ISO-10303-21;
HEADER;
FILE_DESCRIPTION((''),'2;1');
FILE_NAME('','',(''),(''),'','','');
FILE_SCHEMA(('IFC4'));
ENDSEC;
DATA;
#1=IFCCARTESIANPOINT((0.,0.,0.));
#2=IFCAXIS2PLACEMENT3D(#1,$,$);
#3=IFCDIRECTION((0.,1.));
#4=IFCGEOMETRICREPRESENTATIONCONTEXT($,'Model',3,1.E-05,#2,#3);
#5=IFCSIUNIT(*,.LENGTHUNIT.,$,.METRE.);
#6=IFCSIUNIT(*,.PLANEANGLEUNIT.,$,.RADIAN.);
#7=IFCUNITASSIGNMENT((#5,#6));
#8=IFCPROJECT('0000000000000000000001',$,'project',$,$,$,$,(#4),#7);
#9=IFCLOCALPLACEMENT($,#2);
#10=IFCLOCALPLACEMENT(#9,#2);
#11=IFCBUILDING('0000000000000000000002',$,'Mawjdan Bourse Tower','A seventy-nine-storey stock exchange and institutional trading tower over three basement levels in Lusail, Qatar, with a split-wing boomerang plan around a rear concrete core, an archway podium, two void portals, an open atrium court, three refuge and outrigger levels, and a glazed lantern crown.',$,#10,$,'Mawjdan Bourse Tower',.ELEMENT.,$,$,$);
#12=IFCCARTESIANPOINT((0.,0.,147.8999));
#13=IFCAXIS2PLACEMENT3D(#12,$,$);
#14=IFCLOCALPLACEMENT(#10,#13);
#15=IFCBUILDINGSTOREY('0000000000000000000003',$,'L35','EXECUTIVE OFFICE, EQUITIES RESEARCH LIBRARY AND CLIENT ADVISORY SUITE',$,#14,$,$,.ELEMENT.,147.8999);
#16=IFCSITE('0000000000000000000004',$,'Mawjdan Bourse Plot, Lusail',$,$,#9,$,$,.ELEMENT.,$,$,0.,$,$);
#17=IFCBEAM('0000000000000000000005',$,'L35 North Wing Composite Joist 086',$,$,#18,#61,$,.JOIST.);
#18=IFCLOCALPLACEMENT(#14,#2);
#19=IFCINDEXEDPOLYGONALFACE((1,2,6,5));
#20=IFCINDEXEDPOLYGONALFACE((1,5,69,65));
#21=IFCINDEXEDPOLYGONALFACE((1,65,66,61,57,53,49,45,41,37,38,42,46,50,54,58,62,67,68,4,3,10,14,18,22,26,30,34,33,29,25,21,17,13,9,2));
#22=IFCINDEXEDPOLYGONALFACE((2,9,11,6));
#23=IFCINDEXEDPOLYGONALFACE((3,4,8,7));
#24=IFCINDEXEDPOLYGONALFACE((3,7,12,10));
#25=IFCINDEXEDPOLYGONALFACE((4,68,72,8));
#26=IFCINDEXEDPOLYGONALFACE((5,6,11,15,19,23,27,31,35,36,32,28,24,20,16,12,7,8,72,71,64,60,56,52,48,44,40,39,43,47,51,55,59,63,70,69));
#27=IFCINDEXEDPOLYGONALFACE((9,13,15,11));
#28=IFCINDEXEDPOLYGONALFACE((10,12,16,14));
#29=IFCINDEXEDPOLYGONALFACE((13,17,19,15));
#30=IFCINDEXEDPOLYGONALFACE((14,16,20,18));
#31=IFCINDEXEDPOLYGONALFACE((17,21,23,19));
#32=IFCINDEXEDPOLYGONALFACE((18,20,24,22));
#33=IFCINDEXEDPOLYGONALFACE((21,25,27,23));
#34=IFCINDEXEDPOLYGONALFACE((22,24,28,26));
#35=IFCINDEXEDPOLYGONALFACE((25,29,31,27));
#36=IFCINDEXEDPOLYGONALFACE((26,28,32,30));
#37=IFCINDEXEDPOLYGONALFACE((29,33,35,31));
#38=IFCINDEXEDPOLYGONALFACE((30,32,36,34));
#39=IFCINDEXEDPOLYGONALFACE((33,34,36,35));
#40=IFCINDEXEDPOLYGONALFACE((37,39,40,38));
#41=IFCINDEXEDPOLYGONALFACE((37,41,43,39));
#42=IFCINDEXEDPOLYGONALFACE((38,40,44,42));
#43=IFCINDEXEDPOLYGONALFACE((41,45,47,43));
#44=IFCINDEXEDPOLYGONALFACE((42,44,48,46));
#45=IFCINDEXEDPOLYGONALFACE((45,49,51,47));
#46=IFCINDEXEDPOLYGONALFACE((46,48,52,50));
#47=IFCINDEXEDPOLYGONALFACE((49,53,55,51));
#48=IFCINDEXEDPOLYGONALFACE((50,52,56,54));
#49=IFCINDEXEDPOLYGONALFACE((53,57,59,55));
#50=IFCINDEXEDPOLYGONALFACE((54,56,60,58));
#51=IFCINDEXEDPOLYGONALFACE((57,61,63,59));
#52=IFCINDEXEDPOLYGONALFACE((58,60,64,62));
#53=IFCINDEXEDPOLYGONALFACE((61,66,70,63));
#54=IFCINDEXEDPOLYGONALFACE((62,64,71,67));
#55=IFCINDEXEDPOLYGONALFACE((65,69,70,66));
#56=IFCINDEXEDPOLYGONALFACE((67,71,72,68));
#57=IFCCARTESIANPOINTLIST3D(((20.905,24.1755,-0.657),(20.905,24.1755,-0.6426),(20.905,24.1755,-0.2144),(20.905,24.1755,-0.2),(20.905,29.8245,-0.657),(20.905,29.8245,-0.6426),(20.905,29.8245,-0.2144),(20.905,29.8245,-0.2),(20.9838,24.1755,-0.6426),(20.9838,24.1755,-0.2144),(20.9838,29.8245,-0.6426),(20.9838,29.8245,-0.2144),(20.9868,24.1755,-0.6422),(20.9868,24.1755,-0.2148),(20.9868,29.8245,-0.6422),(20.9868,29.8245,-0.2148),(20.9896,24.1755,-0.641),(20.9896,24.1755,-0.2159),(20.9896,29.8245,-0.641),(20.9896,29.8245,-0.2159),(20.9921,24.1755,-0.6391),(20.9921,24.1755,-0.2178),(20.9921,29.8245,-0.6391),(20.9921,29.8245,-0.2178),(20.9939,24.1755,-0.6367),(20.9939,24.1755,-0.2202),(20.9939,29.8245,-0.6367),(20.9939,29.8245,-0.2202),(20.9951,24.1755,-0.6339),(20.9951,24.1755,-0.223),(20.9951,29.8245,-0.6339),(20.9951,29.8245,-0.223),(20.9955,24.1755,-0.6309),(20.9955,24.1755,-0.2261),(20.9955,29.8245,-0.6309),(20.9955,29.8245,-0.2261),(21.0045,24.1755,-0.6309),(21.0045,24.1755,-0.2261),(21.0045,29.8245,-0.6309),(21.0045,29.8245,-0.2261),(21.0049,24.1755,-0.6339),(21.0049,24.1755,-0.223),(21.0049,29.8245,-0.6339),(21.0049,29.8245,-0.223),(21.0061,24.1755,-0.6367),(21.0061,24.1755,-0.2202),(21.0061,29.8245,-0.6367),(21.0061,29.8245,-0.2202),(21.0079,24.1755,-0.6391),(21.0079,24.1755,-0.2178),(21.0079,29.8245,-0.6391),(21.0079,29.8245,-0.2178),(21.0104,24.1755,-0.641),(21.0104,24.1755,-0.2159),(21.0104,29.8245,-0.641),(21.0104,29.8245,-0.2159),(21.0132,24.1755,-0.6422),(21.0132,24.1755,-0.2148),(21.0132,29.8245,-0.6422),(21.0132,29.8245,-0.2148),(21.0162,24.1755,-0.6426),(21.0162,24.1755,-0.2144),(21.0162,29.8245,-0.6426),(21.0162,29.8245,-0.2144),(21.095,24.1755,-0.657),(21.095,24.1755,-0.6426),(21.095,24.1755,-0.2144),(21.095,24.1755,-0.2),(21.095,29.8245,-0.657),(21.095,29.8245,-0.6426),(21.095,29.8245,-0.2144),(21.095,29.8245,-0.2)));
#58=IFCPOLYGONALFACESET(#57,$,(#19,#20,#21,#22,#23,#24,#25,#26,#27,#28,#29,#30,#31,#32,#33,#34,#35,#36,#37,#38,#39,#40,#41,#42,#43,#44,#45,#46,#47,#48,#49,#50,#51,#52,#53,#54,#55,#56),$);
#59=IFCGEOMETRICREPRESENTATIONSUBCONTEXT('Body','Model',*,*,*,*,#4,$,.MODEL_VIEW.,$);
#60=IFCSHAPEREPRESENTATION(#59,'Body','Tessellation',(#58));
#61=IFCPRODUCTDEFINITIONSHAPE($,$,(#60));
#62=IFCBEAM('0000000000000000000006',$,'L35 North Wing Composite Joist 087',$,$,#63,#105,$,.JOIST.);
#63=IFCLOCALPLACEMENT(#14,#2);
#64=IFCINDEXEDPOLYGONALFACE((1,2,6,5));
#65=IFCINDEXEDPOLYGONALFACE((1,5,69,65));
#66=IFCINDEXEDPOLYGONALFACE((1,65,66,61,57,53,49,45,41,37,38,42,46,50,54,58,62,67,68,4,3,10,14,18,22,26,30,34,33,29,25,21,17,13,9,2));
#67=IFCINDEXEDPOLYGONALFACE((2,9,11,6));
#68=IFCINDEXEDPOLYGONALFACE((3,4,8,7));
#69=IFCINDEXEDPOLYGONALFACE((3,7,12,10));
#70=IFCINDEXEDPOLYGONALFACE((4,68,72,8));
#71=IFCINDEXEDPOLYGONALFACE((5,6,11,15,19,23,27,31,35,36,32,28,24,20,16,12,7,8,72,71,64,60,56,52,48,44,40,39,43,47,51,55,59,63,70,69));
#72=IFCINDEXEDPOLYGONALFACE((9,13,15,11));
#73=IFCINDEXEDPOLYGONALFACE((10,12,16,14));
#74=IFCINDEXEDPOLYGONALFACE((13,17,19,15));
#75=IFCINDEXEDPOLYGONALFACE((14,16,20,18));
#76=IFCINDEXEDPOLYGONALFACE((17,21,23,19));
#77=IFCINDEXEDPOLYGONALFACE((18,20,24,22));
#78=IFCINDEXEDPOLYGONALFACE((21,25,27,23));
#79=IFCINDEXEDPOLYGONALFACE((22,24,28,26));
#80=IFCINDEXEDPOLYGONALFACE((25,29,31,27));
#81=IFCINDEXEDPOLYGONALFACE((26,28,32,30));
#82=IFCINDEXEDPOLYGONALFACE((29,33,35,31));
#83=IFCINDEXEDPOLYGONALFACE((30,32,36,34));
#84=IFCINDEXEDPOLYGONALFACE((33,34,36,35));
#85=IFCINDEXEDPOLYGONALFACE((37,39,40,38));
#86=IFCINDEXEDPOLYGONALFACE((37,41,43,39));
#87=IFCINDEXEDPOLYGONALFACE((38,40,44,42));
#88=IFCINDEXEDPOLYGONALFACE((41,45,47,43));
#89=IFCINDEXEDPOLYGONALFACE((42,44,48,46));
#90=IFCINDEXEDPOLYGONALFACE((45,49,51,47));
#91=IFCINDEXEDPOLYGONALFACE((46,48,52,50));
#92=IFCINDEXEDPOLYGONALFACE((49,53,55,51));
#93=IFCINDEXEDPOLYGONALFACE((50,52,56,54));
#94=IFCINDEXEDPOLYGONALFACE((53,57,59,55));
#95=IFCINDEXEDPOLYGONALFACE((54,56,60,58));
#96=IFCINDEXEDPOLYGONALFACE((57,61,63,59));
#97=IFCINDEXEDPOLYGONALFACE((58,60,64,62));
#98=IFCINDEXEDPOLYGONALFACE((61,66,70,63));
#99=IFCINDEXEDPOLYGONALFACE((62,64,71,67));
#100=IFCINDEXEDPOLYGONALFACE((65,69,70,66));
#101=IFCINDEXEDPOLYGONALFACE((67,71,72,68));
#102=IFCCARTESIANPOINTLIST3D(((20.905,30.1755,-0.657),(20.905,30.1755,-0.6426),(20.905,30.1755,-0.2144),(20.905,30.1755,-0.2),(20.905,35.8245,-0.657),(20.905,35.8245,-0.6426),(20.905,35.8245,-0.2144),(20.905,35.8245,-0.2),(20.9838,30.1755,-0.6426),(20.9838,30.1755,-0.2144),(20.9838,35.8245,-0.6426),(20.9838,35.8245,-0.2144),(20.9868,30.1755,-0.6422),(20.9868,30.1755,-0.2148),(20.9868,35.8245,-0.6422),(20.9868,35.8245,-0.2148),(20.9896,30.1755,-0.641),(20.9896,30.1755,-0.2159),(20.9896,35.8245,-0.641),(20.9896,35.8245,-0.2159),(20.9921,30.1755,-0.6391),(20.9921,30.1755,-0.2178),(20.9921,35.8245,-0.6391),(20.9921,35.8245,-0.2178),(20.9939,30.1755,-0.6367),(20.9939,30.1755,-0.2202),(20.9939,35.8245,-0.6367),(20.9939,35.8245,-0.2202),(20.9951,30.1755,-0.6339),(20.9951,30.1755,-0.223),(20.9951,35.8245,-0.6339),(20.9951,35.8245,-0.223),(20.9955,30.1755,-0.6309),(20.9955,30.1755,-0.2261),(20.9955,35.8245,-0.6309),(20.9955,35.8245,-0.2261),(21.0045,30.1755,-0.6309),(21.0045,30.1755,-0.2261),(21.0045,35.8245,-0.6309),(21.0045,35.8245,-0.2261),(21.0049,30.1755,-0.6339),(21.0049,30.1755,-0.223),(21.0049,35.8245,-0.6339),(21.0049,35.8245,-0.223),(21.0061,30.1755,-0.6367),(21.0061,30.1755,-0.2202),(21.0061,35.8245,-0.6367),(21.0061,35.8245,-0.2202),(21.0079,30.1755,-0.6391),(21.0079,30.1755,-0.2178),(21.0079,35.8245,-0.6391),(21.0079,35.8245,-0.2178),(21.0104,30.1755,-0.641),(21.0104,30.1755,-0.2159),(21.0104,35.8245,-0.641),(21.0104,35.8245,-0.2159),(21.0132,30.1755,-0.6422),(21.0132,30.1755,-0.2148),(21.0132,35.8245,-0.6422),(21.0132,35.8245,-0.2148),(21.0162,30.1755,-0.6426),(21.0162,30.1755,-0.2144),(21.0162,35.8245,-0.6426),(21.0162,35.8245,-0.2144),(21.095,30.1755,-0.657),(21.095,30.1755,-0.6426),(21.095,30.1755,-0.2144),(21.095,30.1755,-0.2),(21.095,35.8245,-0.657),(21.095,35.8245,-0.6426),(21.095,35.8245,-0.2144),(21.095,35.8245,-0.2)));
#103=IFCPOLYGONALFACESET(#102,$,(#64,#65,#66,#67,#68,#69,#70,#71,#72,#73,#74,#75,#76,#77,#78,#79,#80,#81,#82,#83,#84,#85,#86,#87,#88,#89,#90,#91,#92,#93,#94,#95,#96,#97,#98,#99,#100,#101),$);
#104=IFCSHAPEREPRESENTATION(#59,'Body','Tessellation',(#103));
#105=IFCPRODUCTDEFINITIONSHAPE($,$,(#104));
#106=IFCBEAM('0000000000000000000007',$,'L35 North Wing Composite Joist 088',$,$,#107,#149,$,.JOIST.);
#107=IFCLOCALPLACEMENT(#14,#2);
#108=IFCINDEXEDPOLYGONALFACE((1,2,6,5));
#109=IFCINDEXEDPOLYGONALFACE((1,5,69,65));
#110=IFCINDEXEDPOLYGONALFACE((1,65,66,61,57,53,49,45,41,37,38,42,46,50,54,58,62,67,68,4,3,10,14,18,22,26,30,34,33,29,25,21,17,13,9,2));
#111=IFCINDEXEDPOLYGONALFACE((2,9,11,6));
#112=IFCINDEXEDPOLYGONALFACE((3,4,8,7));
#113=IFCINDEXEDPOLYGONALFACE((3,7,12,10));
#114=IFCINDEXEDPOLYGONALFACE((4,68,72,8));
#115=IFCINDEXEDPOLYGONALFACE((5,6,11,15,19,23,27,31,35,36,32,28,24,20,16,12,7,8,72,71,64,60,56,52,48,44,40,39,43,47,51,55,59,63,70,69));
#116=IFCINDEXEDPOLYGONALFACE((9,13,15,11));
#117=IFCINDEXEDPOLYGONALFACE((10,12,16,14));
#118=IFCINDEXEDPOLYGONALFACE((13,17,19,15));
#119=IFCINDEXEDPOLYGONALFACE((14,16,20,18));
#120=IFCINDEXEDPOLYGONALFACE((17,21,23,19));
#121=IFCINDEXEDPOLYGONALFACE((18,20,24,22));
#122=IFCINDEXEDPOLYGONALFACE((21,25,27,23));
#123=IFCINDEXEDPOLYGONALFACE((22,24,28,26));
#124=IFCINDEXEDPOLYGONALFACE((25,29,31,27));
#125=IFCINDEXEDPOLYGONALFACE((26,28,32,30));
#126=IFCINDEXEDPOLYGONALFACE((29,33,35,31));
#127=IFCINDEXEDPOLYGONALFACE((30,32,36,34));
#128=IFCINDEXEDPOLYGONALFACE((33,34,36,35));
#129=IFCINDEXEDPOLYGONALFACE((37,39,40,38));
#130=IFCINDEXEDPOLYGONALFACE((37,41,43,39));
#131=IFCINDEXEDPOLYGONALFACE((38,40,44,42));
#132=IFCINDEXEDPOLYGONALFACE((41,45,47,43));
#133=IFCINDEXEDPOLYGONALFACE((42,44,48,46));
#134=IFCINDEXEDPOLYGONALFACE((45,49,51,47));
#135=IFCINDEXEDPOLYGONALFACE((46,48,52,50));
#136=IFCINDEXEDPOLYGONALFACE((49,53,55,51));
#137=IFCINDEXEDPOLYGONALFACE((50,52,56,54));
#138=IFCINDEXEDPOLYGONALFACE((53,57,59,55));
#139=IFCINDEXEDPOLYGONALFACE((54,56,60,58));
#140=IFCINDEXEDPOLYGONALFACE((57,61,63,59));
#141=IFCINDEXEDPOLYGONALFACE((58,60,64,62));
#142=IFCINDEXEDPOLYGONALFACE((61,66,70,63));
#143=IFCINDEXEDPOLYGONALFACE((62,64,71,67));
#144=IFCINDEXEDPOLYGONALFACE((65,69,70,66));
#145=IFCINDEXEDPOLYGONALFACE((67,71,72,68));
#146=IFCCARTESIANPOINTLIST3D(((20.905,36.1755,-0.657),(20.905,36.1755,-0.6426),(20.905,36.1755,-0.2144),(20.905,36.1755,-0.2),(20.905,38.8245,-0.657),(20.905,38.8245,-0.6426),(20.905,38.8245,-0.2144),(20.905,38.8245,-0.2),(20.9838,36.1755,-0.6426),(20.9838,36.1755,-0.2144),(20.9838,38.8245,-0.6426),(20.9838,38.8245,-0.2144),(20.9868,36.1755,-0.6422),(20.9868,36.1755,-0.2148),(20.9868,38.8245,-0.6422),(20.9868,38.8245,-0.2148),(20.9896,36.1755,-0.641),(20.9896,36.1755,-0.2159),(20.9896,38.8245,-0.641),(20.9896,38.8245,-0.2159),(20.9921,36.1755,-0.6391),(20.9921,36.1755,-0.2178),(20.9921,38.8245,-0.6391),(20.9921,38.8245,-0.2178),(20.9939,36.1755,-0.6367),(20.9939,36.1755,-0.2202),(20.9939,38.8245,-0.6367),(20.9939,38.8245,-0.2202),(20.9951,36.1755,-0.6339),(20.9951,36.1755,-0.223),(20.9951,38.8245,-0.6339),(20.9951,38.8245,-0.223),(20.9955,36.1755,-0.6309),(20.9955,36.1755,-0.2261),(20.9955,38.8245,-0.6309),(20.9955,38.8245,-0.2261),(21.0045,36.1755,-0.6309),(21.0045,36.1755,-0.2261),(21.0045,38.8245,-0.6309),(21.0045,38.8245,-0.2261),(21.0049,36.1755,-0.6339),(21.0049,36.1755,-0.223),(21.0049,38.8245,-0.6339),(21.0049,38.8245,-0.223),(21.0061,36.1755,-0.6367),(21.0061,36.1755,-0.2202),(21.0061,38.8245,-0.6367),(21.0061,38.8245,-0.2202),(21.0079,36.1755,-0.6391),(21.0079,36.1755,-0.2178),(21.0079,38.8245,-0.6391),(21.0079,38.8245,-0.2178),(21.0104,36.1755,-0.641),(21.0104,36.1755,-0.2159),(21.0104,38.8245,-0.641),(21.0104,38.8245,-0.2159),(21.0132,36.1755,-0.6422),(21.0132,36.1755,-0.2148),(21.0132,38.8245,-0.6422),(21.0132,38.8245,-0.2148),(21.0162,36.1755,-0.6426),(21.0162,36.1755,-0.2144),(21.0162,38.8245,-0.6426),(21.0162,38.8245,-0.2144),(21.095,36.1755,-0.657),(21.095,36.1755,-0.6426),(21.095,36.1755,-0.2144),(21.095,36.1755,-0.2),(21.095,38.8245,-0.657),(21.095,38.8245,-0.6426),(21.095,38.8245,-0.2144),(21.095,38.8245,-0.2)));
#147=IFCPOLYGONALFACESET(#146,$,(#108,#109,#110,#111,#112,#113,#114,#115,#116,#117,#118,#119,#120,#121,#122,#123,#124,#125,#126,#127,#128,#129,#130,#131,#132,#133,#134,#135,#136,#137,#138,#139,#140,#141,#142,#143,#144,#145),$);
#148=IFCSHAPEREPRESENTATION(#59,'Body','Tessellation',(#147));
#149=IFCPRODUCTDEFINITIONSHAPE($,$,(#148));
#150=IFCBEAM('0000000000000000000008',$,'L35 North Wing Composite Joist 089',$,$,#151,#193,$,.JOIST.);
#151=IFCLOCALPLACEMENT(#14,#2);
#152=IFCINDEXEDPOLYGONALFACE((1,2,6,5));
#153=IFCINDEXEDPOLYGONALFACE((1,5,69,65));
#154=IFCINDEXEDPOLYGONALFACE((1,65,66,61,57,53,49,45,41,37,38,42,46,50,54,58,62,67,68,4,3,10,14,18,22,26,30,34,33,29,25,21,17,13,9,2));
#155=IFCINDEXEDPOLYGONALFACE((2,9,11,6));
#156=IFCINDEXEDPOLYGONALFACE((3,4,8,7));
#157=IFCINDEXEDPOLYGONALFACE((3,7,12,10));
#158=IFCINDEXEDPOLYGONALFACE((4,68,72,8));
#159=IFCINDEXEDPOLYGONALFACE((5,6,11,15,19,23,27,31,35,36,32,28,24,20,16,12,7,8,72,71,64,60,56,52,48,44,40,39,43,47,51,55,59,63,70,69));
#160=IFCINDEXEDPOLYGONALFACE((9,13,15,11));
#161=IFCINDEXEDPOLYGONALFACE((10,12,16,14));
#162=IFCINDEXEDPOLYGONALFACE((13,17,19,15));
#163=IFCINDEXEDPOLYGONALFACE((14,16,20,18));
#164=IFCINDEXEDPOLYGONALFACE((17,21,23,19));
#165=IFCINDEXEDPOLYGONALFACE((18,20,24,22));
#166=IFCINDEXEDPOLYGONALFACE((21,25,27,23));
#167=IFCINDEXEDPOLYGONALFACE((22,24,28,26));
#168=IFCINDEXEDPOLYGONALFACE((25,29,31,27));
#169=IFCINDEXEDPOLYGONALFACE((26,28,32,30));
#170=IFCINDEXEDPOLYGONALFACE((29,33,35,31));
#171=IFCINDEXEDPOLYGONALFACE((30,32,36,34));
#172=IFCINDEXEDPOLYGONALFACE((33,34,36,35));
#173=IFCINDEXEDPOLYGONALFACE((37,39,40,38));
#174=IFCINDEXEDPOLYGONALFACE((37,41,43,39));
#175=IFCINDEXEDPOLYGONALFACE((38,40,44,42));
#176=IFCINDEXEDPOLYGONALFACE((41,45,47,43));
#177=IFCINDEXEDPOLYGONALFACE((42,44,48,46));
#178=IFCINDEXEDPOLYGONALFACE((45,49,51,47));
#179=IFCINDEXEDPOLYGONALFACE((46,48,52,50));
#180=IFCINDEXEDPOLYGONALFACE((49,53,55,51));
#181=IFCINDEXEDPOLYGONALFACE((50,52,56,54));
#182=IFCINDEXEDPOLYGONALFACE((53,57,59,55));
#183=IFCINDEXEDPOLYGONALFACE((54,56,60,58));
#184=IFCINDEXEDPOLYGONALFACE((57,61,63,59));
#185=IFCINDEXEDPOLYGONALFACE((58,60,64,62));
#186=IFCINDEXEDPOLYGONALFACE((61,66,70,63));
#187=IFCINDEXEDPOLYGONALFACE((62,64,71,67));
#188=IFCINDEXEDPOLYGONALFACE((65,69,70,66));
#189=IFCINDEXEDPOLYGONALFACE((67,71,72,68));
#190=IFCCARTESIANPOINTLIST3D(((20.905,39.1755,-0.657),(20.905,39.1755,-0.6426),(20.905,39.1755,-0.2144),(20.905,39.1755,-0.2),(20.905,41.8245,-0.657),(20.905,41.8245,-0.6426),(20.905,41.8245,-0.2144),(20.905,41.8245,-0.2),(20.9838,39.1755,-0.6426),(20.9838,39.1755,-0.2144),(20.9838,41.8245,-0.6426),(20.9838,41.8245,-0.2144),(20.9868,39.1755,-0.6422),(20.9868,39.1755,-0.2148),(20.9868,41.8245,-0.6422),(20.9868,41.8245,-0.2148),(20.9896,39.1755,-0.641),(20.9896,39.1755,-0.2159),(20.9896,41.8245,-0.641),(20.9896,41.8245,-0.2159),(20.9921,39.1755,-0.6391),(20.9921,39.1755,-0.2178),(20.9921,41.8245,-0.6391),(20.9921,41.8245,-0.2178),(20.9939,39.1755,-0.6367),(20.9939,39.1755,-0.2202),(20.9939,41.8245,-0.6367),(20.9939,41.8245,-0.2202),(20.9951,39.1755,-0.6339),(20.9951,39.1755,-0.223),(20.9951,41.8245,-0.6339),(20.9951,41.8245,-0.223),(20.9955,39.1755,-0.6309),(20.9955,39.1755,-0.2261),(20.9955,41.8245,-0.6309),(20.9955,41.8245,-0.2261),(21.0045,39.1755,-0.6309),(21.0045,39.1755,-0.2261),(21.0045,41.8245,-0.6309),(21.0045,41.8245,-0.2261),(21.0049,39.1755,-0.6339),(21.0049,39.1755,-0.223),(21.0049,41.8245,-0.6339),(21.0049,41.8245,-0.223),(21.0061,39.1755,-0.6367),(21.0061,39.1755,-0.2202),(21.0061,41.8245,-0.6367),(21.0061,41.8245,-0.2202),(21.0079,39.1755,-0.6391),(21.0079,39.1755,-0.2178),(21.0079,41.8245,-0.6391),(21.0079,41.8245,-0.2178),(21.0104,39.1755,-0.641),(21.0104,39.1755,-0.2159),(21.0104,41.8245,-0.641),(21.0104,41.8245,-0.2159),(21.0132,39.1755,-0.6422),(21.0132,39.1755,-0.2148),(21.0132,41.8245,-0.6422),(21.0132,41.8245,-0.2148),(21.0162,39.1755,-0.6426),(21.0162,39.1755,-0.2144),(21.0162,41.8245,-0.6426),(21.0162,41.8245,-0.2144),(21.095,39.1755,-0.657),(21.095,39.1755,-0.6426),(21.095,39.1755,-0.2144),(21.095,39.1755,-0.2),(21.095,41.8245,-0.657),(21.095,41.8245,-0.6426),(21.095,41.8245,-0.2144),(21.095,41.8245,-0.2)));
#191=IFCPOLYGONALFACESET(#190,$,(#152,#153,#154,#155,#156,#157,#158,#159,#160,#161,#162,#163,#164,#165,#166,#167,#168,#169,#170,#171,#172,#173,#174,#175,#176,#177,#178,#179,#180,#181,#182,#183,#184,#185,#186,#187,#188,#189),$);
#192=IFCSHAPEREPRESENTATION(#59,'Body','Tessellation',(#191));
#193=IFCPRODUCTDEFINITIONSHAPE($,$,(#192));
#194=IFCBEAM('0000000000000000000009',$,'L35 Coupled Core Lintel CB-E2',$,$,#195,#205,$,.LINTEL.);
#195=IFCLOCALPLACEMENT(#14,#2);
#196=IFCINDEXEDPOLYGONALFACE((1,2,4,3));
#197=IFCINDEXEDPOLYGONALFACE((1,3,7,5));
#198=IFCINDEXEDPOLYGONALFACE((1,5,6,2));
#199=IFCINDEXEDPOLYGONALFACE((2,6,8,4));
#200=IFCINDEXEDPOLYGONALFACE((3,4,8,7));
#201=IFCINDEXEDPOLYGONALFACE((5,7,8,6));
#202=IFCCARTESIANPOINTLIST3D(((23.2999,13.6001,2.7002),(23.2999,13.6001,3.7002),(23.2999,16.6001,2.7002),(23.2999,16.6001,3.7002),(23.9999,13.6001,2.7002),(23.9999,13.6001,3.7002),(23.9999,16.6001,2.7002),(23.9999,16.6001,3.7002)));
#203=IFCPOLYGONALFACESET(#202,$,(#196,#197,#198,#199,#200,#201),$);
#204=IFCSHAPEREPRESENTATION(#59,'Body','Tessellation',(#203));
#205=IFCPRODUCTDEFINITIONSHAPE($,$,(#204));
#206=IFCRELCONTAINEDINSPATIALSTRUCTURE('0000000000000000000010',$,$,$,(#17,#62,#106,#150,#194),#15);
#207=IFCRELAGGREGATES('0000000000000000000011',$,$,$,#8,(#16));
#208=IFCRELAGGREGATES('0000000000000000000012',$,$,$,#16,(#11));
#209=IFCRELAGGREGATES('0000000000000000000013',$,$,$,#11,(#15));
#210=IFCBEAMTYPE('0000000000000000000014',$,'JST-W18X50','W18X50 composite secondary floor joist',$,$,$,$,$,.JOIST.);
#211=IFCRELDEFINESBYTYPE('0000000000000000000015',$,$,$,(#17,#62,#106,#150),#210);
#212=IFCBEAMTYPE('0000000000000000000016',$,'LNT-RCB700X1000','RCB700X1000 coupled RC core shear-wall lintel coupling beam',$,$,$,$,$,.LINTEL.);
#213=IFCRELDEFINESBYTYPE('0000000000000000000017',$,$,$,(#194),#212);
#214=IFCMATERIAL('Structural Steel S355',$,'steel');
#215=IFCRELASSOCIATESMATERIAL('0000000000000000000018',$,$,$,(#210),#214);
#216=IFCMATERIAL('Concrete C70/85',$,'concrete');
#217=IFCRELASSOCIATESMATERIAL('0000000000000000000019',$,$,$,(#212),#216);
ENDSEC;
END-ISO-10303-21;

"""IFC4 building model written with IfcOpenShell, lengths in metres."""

from ifc_helpers import new_model, si_unit, direction, frame, origin, origin_2d, place, context, subcontext, project, spatial, rectangle, i_section, extrude, material, material_profile, profile_set, type_object, element, save


model = new_model("IFC4")

# Units and contexts
model_context = context("Model", 3, precision=1e-05, world=origin(), true_north=direction((0.0, 1.0)))
body_context = subcontext(model_context, "Body", "Model", "MODEL_VIEW")
ifc_project = project(units=[si_unit("LENGTHUNIT", "METRE"), si_unit("PLANEANGLEUNIT", "RADIAN")], contexts=[model_context])

# Site, building, storey
site_placement = place(None, origin())
site = spatial("IfcSite", under=ifc_project, at=site_placement, Name="Mawjdan Bourse Plot, Lusail", CompositionType="ELEMENT", RefElevation=0.0)
building_placement = place(site_placement, origin())
building = spatial("IfcBuilding", under=site, at=building_placement, Name="Mawjdan Bourse Tower", Description="A seventy-nine-storey stock exchange and institutional trading tower over three basement levels in Lusail, Qatar, with a split-wing boomerang plan around a rear concrete core, an archway podium, two void portals, an open atrium court, three refuge and outrigger levels, and a glazed lantern crown.", LongName="Mawjdan Bourse Tower", CompositionType="ELEMENT")
storey_placement = place(building_placement, frame((0.0, 0.0, 147.8999)))
storey = spatial("IfcBuildingStorey", under=building, at=storey_placement, Name="L35", Description="EXECUTIVE OFFICE, EQUITIES RESEARCH LIBRARY AND CLIENT ADVISORY SUITE", CompositionType="ELEMENT", Elevation=147.8999)

# Shared definitions
ifc_material_1 = material(Name="Concrete C70/85", Category="concrete")

# Beams
ifc_material_2 = material(Name="Structural Steel S355", Category="steel")
ifc_material_profile_1 = material_profile(ifc_material_2, i_section(OverallWidth=0.1899, OverallDepth=0.457, WebThickness=0.009, FlangeThickness=0.0144, FilletRadius=0.0117, at=origin_2d()), Name="W18X50")
ifc_profile_set_1 = profile_set([ifc_material_profile_1], Name="Structural Steel S355")
beam_type_1 = type_object("IfcBeamType", Name="JST-W18X50", Description="W18X50 composite secondary floor joist", PredefinedType="JOIST", material=ifc_profile_set_1)
for number, where, z_axis, x_axis, name in (
    (1, (21.0, 24.1755, -0.4285), (0.0, 1.0, 0.0), (-1.0, 0.0, 0.0), "L35 North Wing Composite Joist 086"),
    (2, (21.0, 30.1755, -0.4285), (0.0, 1.0, 0.0), (-1.0, 0.0, 0.0), "L35 North Wing Composite Joist 087"),
):
    element("IfcBeam", number, at=place(storey_placement, frame(where, z_axis=z_axis, x_axis=x_axis)), inside=storey, type_object=beam_type_1, Name=name, PredefinedType="JOIST", context=body_context, shape_type="SweptSolid", body=[
        extrude(i_section(OverallWidth=0.1899, OverallDepth=0.457, WebThickness=0.009, FlangeThickness=0.0144, FilletRadius=0.0117, at=origin_2d()), origin(), (0.0, 0.0, 1.0), 5.6489),
    ])
for number, where, z_axis, x_axis, name in (
    (3, (21.0, 36.1755, -0.4285), (0.0, 1.0, 0.0), (-1.0, 0.0, 0.0), "L35 North Wing Composite Joist 088"),
    (4, (21.0, 39.1755, -0.4285), (0.0, 1.0, 0.0), (-1.0, 0.0, 0.0), "L35 North Wing Composite Joist 089"),
):
    element("IfcBeam", number, at=place(storey_placement, frame(where, z_axis=z_axis, x_axis=x_axis)), inside=storey, type_object=beam_type_1, Name=name, PredefinedType="JOIST", context=body_context, shape_type="SweptSolid", body=[
        extrude(i_section(OverallWidth=0.1899, OverallDepth=0.457, WebThickness=0.009, FlangeThickness=0.0144, FilletRadius=0.0117, at=origin_2d()), origin(), (0.0, 0.0, 1.0), 2.6489),
    ])
ifc_material_profile_2 = material_profile(ifc_material_1, rectangle(XDim=0.7, YDim=1.0, at=origin_2d()), Name="RCB700X1000")
ifc_profile_set_2 = profile_set([ifc_material_profile_2], Name="Concrete C70/85")
beam_type_2 = type_object("IfcBeamType", Name="LNT-RCB700X1000", Description="RCB700X1000 coupled RC core shear-wall lintel coupling beam", PredefinedType="LINTEL", material=ifc_profile_set_2)
beam_1_placement = place(storey_placement, frame((23.6499, 13.6001, 3.2002), z_axis=(0.0, 1.0, 0.0), x_axis=(-1.0, 0.0, 0.0)))
element("IfcBeam", 5, at=beam_1_placement, inside=storey, type_object=beam_type_2, Name="L35 Coupled Core Lintel CB-E2", PredefinedType="LINTEL", context=body_context, shape_type="SweptSolid", body=[
    extrude(rectangle(XDim=0.7, YDim=1.0, at=origin_2d()), origin(), (0.0, 0.0, 1.0), 3.0),
])

save(model, "model.ifc")
